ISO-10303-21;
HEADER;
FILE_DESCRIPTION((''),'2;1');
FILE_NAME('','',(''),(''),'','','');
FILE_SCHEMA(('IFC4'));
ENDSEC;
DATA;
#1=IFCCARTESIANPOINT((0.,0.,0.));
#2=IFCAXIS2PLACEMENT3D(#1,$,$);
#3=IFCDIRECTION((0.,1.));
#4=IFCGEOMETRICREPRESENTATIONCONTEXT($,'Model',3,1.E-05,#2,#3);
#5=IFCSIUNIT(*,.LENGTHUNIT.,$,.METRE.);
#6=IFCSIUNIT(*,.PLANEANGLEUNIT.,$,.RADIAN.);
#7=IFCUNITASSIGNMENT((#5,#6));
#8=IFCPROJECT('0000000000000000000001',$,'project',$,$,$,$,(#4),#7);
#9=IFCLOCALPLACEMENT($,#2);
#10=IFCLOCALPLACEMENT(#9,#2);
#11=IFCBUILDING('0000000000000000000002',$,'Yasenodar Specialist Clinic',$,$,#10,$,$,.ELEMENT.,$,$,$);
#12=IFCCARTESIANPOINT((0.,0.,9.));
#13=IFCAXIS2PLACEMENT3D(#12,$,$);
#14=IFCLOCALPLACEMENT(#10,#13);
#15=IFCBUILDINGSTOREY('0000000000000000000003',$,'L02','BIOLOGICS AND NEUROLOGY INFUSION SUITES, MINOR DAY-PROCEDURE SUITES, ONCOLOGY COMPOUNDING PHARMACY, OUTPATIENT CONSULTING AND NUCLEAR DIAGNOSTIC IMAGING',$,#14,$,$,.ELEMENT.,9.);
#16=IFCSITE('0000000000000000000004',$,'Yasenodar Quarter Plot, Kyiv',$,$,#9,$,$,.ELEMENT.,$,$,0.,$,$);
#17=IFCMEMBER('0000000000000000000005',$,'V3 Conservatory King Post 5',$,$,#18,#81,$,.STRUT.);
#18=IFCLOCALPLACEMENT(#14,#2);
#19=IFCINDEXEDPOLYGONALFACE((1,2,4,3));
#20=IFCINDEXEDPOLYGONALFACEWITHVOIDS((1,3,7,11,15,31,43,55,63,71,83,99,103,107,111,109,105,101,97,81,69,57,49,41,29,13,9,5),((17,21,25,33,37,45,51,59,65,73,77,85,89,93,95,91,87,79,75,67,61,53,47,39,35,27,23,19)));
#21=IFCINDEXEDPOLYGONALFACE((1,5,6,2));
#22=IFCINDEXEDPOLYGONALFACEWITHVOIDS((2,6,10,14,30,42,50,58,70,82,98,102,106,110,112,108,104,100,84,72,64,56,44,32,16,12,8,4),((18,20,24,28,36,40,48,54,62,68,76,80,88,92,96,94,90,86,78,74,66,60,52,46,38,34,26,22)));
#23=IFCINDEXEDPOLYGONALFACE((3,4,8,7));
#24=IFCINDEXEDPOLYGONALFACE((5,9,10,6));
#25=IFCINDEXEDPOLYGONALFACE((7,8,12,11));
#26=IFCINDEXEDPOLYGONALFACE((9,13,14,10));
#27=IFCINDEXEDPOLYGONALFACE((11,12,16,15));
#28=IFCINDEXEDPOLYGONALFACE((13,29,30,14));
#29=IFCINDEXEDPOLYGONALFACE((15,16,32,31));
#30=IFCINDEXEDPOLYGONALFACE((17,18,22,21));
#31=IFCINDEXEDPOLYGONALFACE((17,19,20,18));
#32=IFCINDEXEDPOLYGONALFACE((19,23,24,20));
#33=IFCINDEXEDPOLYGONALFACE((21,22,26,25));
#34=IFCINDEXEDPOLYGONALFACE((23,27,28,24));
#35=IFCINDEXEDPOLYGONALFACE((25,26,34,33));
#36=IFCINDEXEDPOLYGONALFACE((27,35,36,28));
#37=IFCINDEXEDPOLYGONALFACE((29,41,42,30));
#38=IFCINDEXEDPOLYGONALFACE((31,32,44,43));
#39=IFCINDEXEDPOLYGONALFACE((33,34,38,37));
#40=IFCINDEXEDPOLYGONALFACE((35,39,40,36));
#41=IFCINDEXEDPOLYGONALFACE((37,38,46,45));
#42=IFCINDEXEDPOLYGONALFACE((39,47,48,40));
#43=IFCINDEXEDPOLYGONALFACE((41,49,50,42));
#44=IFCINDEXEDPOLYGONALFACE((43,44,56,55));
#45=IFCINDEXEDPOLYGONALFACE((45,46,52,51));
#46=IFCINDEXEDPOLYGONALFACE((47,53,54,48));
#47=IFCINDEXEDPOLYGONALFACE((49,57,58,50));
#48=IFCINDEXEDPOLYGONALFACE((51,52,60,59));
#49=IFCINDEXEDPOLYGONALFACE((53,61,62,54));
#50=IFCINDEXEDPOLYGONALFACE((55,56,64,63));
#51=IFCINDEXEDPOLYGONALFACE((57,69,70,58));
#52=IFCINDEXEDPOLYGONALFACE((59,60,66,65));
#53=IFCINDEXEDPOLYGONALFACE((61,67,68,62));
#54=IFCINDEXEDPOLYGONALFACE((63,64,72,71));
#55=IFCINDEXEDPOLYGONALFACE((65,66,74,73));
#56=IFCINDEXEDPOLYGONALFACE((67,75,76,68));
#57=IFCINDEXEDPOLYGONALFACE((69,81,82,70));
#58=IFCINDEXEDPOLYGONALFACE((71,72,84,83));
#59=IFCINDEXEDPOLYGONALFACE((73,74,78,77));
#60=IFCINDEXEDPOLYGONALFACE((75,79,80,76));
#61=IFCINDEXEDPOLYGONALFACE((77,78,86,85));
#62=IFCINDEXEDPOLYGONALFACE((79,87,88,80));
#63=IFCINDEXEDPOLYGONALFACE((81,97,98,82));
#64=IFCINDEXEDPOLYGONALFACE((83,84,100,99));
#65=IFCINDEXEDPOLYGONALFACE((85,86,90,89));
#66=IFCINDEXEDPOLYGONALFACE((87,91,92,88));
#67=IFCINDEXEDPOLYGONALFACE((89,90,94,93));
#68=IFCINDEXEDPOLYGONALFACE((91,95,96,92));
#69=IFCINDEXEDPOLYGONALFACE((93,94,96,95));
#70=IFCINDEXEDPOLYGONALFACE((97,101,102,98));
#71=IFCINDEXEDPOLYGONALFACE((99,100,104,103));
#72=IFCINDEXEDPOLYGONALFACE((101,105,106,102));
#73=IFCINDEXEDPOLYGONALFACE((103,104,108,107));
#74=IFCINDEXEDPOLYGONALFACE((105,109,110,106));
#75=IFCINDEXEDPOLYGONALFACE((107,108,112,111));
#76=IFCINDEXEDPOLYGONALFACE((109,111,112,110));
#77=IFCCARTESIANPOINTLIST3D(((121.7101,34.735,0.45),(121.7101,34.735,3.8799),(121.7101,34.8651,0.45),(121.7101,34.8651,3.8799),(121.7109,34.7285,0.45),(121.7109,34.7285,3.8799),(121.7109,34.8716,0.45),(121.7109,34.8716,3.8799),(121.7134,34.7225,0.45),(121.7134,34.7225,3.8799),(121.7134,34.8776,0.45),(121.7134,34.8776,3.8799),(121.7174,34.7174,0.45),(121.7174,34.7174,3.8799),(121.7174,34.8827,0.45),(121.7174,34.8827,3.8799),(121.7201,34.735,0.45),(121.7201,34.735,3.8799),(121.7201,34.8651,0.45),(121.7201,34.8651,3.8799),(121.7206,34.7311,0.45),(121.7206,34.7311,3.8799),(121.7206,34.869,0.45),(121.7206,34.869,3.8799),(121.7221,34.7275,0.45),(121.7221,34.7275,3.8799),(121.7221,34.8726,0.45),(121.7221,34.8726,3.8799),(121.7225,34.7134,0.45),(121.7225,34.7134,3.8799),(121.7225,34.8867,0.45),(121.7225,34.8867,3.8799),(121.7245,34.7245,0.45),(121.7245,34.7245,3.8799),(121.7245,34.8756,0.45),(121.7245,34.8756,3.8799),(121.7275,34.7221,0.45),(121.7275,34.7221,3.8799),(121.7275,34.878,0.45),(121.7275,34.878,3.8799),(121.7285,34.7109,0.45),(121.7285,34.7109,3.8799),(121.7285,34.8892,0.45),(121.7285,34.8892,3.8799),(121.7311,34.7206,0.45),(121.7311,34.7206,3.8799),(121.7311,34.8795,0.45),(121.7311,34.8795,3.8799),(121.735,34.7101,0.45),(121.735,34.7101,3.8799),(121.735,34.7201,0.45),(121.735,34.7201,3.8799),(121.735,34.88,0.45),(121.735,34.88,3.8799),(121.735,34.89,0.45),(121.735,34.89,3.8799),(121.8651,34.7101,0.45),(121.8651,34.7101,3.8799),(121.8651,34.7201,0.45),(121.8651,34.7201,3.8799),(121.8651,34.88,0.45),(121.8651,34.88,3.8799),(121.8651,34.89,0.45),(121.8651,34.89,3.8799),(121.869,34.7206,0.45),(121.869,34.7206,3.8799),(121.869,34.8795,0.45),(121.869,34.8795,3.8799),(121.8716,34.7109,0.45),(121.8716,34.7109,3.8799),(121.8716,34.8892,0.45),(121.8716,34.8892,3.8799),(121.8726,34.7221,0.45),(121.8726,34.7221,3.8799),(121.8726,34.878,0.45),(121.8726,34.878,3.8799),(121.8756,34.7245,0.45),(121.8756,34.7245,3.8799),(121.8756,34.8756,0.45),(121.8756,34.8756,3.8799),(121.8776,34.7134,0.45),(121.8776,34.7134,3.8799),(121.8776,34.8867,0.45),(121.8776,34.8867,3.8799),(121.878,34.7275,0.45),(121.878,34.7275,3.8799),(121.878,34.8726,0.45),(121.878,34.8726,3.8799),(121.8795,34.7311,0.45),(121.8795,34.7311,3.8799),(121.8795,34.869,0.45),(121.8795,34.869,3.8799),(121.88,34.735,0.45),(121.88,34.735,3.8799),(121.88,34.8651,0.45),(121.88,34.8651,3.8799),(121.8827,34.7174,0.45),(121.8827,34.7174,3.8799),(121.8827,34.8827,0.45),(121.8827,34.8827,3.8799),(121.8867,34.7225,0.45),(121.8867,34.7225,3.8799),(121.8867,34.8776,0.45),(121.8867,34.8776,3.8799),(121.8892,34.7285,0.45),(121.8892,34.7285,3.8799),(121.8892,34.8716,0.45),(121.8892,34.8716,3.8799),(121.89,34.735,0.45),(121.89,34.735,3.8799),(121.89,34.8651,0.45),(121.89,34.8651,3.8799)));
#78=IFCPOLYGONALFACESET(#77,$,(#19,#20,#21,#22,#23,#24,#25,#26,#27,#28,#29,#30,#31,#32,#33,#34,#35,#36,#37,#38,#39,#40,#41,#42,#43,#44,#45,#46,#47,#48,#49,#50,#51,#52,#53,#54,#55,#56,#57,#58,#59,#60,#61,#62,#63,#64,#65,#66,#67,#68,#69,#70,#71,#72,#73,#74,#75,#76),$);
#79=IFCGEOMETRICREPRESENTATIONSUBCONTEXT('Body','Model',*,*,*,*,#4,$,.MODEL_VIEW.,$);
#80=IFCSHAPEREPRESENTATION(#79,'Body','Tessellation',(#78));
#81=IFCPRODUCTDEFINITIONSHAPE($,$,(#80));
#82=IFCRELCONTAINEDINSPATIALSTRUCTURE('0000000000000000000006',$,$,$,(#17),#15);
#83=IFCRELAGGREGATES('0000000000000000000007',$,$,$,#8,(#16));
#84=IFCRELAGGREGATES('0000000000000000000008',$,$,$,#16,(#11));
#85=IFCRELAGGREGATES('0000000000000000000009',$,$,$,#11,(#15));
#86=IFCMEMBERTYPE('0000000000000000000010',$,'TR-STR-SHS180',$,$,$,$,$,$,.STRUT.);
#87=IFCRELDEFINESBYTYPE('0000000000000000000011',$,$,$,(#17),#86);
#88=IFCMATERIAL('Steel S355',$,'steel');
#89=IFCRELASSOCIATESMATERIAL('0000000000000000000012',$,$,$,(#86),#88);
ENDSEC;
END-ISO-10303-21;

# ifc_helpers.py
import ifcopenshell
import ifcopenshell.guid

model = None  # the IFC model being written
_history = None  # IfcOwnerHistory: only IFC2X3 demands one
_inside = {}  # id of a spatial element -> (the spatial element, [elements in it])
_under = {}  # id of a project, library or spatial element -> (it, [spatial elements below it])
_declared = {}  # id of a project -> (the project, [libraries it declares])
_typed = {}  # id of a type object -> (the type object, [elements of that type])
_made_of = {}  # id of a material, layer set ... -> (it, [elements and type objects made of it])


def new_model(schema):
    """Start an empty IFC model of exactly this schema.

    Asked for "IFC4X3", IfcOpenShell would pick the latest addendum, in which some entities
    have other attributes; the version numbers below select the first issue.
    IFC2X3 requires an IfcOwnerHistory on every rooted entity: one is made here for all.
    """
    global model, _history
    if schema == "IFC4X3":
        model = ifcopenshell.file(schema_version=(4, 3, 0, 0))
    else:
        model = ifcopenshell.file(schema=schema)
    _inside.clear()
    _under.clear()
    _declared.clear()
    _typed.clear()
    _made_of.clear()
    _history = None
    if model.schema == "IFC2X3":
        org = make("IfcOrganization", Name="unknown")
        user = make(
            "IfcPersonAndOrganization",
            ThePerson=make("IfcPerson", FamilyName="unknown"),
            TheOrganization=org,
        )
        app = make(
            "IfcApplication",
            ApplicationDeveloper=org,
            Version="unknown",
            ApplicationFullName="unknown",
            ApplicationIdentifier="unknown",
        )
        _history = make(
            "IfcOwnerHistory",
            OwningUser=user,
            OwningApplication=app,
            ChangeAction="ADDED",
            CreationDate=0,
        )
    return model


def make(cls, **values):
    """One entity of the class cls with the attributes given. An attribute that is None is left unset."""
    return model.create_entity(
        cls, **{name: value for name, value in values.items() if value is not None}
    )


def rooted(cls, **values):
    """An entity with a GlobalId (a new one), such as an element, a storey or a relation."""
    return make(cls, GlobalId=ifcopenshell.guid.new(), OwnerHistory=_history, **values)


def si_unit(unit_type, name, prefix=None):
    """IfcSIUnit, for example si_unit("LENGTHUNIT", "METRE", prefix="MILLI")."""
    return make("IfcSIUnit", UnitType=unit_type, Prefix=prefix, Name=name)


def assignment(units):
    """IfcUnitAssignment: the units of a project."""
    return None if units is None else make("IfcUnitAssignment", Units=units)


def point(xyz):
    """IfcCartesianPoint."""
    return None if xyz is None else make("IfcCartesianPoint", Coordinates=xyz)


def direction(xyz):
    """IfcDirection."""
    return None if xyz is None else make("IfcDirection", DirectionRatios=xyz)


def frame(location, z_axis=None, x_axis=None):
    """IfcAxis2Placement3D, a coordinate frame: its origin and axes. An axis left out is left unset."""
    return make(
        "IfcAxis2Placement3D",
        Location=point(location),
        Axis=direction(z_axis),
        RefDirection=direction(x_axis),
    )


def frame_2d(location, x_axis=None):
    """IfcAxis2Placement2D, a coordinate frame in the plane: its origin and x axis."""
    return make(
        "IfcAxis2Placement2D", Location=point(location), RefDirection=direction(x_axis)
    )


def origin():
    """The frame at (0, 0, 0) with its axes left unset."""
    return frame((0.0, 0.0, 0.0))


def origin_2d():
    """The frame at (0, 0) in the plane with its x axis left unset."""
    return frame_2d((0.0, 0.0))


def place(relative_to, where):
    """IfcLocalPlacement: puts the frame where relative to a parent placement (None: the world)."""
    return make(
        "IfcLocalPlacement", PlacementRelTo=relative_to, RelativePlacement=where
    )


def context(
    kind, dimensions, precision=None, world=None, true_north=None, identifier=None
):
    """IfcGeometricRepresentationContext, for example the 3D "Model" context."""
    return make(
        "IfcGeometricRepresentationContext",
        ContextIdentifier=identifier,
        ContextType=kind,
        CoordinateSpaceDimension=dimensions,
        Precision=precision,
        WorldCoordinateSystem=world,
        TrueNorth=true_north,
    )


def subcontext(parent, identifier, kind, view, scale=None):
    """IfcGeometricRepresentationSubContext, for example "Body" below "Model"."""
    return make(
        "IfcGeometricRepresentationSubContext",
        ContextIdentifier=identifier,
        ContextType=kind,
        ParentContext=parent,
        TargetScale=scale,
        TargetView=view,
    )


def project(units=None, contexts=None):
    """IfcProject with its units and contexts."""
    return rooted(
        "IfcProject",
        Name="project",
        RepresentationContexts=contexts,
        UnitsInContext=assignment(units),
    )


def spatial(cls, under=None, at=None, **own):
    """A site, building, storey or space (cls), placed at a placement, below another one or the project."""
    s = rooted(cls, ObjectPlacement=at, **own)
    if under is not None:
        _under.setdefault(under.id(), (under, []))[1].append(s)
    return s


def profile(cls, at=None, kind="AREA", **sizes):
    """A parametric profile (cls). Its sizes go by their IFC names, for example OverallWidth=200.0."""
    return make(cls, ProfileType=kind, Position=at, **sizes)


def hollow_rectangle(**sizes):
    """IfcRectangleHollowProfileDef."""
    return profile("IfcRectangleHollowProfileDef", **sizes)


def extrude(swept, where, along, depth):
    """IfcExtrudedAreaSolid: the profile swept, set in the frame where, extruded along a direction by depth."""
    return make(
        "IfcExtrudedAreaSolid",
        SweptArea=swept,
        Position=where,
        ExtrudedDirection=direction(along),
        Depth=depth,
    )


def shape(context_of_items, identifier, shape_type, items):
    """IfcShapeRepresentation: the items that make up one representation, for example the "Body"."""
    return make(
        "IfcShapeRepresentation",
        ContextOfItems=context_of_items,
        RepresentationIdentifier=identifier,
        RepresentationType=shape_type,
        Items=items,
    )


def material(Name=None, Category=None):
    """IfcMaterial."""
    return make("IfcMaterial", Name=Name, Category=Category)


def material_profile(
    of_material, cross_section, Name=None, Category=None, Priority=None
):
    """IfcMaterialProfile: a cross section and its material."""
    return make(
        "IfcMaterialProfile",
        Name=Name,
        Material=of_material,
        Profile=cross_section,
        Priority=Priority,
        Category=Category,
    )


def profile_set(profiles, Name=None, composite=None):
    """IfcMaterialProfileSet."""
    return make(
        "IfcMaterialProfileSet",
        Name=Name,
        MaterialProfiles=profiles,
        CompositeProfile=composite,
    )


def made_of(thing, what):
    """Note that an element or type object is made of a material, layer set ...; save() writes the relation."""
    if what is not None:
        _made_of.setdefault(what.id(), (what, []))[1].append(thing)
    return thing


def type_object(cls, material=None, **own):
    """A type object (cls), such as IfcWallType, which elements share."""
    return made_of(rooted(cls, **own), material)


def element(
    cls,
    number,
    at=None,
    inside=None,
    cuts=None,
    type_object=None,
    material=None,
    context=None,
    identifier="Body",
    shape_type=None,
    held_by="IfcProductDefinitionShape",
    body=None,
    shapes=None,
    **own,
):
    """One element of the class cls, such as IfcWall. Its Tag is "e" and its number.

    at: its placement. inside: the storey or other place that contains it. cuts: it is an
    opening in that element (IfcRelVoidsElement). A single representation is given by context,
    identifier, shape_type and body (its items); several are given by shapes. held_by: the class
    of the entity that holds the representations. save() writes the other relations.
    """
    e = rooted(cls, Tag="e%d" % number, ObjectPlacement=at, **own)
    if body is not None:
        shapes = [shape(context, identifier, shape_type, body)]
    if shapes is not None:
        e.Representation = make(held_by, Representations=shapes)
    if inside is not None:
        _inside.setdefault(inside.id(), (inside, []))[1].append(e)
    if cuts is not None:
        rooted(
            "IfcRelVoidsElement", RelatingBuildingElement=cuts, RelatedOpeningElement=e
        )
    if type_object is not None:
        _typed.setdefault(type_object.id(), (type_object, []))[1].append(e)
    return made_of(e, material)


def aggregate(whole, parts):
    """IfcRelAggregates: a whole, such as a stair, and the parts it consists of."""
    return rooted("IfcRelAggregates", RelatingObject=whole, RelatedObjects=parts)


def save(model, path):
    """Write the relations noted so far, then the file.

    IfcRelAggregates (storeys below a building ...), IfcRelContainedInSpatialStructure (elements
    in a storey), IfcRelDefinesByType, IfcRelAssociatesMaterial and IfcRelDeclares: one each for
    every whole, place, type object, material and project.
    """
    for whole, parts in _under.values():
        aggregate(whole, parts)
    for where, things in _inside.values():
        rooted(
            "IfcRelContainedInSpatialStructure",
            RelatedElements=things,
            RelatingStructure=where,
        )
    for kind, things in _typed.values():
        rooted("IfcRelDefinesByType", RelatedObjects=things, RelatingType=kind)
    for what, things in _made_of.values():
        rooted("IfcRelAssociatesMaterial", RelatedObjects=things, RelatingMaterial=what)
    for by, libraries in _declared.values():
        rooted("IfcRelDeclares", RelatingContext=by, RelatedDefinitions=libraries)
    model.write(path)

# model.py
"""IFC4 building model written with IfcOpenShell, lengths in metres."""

from ifc_helpers import new_model, si_unit, direction, frame, origin, origin_2d, place, context, subcontext, project, spatial, hollow_rectangle, extrude, material, material_profile, profile_set, type_object, element, save


model = new_model("IFC4")

# Units and contexts
model_context = context("Model", 3, precision=1e-05, world=origin(), true_north=direction((0.0, 1.0)))
body_context = subcontext(model_context, "Body", "Model", "MODEL_VIEW")
ifc_project = project(units=[si_unit("LENGTHUNIT", "METRE"), si_unit("PLANEANGLEUNIT", "RADIAN")], contexts=[model_context])

# Site, building, storey
site_placement = place(None, origin())
site = spatial("IfcSite", under=ifc_project, at=site_placement, Name="Yasenodar Quarter Plot, Kyiv", CompositionType="ELEMENT", RefElevation=0.0)
building_placement = place(site_placement, origin())
building = spatial("IfcBuilding", under=site, at=building_placement, Name="Yasenodar Specialist Clinic", CompositionType="ELEMENT")
storey_placement = place(building_placement, frame((0.0, 0.0, 9.0)))
storey = spatial("IfcBuildingStorey", under=building, at=storey_placement, Name="L02", Description="BIOLOGICS AND NEUROLOGY INFUSION SUITES, MINOR DAY-PROCEDURE SUITES, ONCOLOGY COMPOUNDING PHARMACY, OUTPATIENT CONSULTING AND NUCLEAR DIAGNOSTIC IMAGING", CompositionType="ELEMENT", Elevation=9.0)

# Shared definitions
ifc_material = material(Name="Steel S355", Category="steel")

# Member
ifc_material_profile_1 = material_profile(ifc_material, hollow_rectangle(XDim=0.1799, YDim=0.1799, WallThickness=0.01, InnerFilletRadius=0.0149, OuterFilletRadius=0.0249, at=origin_2d()), Name="SHS 180x180x10")
ifc_profile_set_1 = profile_set([ifc_material_profile_1], Name="Steel S355")
member_type_1 = type_object("IfcMemberType", Name="TR-STR-SHS180", PredefinedType="STRUT", material=ifc_profile_set_1)
for number, where, z_axis, x_axis, name in (
    (1, (121.8, 34.8, 0.45), (0.0, 0.0, 1.0), (1.0, 0.0, 0.0), "V3 Conservatory King Post 5"),
):
    element("IfcMember", number, at=place(storey_placement, frame(where, z_axis=z_axis, x_axis=x_axis)), inside=storey, type_object=member_type_1, Name=name, PredefinedType="STRUT", context=body_context, shape_type="SweptSolid", body=[
        extrude(hollow_rectangle(XDim=0.1799, YDim=0.1799, WallThickness=0.01, InnerFilletRadius=0.0149, OuterFilletRadius=0.0249, at=origin_2d()), origin(), (0.0, 0.0, 1.0), 3.4299),
    ])

save(model, "model.ifc")
